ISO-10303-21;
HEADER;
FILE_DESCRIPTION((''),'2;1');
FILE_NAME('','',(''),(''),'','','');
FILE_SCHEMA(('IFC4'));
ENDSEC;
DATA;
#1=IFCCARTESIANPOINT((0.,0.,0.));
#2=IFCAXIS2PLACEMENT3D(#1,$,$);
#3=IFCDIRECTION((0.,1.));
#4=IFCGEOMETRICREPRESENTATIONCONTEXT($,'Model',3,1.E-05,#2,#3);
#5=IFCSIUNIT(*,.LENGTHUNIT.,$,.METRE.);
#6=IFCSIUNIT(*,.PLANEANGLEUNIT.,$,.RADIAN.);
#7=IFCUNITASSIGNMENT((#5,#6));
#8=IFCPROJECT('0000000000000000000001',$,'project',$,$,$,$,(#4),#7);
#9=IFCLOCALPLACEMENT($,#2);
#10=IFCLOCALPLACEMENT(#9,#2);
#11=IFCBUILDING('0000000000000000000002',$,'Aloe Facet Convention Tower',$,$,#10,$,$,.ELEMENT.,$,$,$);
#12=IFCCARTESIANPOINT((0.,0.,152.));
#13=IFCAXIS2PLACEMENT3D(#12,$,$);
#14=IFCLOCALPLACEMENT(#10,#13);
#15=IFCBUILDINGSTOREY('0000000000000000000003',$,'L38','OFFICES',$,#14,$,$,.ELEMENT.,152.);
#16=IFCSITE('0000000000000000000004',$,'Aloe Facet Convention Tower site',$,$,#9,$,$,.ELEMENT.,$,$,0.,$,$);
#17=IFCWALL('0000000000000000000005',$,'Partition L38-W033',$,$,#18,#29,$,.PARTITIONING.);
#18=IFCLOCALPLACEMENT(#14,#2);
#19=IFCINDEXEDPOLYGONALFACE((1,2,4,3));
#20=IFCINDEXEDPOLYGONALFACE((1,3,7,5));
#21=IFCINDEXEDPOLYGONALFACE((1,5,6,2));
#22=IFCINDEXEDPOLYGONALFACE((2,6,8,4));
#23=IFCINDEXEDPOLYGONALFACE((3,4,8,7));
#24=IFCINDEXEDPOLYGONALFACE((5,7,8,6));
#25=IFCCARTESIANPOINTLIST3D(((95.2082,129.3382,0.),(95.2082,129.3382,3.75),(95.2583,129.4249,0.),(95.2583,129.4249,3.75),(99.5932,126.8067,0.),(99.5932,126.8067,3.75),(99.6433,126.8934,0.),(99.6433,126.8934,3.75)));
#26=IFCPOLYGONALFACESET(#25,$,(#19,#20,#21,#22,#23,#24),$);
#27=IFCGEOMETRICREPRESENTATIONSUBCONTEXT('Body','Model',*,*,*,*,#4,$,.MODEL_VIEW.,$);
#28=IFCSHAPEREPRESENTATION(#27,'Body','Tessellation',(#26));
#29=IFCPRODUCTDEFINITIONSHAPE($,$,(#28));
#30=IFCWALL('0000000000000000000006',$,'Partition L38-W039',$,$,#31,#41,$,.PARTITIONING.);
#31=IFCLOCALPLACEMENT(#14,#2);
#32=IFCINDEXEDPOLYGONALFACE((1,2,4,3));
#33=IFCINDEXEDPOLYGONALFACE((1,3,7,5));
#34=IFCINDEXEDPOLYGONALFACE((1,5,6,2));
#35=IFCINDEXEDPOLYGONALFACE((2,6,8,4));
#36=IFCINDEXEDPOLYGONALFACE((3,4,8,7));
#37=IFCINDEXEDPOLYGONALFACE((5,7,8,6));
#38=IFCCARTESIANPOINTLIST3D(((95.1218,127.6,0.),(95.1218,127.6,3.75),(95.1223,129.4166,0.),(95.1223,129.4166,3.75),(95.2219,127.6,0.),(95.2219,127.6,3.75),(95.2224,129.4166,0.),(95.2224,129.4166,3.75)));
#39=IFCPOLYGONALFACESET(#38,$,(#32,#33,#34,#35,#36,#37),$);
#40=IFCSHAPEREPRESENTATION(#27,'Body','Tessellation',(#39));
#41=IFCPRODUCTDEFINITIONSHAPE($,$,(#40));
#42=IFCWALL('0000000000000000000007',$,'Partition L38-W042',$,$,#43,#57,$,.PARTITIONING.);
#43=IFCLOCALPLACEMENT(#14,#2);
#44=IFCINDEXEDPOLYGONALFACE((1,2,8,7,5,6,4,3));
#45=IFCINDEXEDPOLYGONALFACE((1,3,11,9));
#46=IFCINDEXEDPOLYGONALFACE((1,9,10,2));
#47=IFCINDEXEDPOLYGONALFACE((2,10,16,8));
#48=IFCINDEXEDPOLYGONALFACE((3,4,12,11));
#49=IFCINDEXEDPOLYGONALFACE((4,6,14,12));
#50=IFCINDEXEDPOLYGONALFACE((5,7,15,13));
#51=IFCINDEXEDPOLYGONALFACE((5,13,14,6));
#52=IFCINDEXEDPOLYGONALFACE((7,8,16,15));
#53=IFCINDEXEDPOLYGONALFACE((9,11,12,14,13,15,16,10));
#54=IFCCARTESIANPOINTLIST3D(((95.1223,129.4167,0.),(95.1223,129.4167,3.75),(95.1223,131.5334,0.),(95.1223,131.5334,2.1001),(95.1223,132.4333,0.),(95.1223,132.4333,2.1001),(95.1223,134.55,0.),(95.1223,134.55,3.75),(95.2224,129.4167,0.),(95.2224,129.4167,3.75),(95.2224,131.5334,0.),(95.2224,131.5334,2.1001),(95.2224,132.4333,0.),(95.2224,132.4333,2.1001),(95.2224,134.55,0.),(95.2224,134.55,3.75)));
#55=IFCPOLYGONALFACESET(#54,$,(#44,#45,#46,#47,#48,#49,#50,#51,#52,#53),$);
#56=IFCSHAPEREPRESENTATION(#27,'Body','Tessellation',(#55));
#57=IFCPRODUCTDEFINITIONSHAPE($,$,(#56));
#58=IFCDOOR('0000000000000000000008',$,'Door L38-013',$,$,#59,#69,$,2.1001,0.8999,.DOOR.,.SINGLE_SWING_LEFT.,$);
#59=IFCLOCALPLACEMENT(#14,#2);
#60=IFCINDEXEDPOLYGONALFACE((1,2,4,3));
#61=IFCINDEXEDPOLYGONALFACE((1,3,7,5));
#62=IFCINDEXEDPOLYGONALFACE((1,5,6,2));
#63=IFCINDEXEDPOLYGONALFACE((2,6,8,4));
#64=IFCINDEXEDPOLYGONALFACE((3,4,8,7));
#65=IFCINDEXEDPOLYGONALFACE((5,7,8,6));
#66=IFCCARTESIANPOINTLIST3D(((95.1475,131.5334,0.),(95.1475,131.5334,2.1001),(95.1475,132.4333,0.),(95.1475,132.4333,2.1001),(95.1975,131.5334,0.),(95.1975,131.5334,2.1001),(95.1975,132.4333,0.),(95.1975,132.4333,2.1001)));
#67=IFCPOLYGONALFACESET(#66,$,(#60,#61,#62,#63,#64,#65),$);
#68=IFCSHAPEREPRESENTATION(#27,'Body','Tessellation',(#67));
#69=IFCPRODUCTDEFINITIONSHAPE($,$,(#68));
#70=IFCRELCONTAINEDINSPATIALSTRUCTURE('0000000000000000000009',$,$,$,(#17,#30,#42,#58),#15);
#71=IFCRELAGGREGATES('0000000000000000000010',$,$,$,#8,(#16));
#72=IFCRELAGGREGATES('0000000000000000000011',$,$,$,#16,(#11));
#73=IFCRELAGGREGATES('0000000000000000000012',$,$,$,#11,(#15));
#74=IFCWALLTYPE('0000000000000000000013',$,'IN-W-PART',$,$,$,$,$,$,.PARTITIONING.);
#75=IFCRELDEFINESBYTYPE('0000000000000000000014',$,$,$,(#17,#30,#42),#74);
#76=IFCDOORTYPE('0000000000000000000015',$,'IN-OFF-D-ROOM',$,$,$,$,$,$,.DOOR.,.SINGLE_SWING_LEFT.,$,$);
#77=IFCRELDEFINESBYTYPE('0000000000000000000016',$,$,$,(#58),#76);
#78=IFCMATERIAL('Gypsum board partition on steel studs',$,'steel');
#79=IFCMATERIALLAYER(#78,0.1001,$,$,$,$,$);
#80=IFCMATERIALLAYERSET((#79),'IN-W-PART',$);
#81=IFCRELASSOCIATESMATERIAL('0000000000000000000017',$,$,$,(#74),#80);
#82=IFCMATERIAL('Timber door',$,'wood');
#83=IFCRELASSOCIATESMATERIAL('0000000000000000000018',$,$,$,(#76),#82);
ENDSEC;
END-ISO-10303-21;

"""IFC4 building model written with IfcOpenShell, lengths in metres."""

from ifc_helpers import new_model, si_unit, direction, frame, frame_2d, origin, place, context, subcontext, project, spatial, rectangle, extrude, material, layer, layer_set, type_object, element, fill, save


model = new_model("IFC4")

# Units and contexts
model_context = context("Model", 3, precision=1e-05, world=origin(), true_north=direction((0.0, 1.0)))
body_context = subcontext(model_context, "Body", "Model", "MODEL_VIEW")
ifc_project = project(units=[si_unit("LENGTHUNIT", "METRE"), si_unit("PLANEANGLEUNIT", "RADIAN")], contexts=[model_context])

# Site, building, storey
site_placement = place(None, origin())
site = spatial("IfcSite", under=ifc_project, at=site_placement, Name="Aloe Facet Convention Tower site", CompositionType="ELEMENT", RefElevation=0.0)
building_placement = place(site_placement, origin())
building = spatial("IfcBuilding", under=site, at=building_placement, Name="Aloe Facet Convention Tower", CompositionType="ELEMENT")
storey_placement = place(building_placement, frame((0.0, 0.0, 152.0)))
storey = spatial("IfcBuildingStorey", under=building, at=storey_placement, Name="L38", Description="OFFICES", CompositionType="ELEMENT", Elevation=152.0)

# Walls
ifc_material_1 = material(Name="Gypsum board partition on steel studs", Category="steel")
ifc_layer_1 = layer(ifc_material_1, 0.1001)
ifc_layer_set_1 = layer_set([ifc_layer_1], Name="IN-W-PART")
wall_type_1 = type_object("IfcWallType", Name="IN-W-PART", PredefinedType="PARTITIONING", material=ifc_layer_set_1)
wall_1_placement = place(storey_placement, frame((95.2332, 129.3816, 0.0), z_axis=(0.0, 0.0, 1.0), x_axis=(0.866042, -0.499971, 0.0)))
element("IfcWall", 1, at=wall_1_placement, inside=storey, type_object=wall_type_1, Name="Partition L38-W033", PredefinedType="PARTITIONING", context=body_context, shape_type="SweptSolid", body=[
    extrude(rectangle(XDim=5.0632, YDim=0.1001, at=frame_2d((2.5317, 0.0))), origin(), (0.0, 0.0, 1.0), 3.75),
])
wall_2_placement = place(storey_placement, frame((95.1719, 127.6001, 0.0), z_axis=(0.0, 0.0, 1.0), x_axis=(0.000269, 1.0, 0.0)))
element("IfcWall", 2, at=wall_2_placement, inside=storey, type_object=wall_type_1, Name="Partition L38-W039", PredefinedType="PARTITIONING", context=body_context, shape_type="SweptSolid", body=[
    extrude(rectangle(XDim=1.8167, YDim=0.1001, at=frame_2d((0.9082, 0.0))), origin(), (0.0, 0.0, 1.0), 3.75),
])

# Wall, opening, door
wall_3_placement = place(storey_placement, frame((95.1724, 129.4167, 0.0), z_axis=(0.0, 0.0, 1.0), x_axis=(0.0, 1.0, 0.0)))
wall_3 = element("IfcWall", 3, at=wall_3_placement, inside=storey, type_object=wall_type_1, Name="Partition L38-W042", PredefinedType="PARTITIONING", context=body_context, shape_type="SweptSolid", body=[
    extrude(rectangle(XDim=5.1333, YDim=0.1001, at=frame_2d((2.5667, 0.0))), origin(), (0.0, 0.0, 1.0), 3.75),
])
opening_1_placement = place(wall_3_placement, frame((2.1167, 0.0, 0.0)))
opening_1 = element("IfcOpeningElement", 4, at=opening_1_placement, cuts=wall_3, PredefinedType="OPENING", context=body_context, shape_type="SweptSolid", body=[
    extrude(rectangle(XDim=0.8999, YDim=2.1001, at=frame_2d((0.45, 1.05))), frame((0.0, 0.0601, 0.0), z_axis=(0.0, -1.0, 0.0), x_axis=(1.0, 0.0, 0.0)), (0.0, 0.0, 1.0), 0.1201),
])
ifc_material_2 = material(Name="Timber door", Category="wood")
door_type = type_object("IfcDoorType", Name="IN-OFF-D-ROOM", OperationType="SINGLE_SWING_LEFT", PredefinedType="DOOR", material=ifc_material_2)
door_placement = place(opening_1_placement, origin())
door = element("IfcDoor", 5, at=door_placement, inside=storey, type_object=door_type, Name="Door L38-013", OperationType="SINGLE_SWING_LEFT", OverallHeight=2.1001, OverallWidth=0.8999, PredefinedType="DOOR", context=body_context, shape_type="SweptSolid", body=[
    extrude(rectangle(XDim=0.8999, YDim=2.1001, at=frame_2d((0.45, 1.05))), frame((0.0, 0.0249, 0.0), z_axis=(0.0, -1.0, 0.0), x_axis=(1.0, 0.0, 0.0)), (0.0, 0.0, 1.0), 0.05),
])
fill(opening_1, door)

save(model, "model.ifc")
